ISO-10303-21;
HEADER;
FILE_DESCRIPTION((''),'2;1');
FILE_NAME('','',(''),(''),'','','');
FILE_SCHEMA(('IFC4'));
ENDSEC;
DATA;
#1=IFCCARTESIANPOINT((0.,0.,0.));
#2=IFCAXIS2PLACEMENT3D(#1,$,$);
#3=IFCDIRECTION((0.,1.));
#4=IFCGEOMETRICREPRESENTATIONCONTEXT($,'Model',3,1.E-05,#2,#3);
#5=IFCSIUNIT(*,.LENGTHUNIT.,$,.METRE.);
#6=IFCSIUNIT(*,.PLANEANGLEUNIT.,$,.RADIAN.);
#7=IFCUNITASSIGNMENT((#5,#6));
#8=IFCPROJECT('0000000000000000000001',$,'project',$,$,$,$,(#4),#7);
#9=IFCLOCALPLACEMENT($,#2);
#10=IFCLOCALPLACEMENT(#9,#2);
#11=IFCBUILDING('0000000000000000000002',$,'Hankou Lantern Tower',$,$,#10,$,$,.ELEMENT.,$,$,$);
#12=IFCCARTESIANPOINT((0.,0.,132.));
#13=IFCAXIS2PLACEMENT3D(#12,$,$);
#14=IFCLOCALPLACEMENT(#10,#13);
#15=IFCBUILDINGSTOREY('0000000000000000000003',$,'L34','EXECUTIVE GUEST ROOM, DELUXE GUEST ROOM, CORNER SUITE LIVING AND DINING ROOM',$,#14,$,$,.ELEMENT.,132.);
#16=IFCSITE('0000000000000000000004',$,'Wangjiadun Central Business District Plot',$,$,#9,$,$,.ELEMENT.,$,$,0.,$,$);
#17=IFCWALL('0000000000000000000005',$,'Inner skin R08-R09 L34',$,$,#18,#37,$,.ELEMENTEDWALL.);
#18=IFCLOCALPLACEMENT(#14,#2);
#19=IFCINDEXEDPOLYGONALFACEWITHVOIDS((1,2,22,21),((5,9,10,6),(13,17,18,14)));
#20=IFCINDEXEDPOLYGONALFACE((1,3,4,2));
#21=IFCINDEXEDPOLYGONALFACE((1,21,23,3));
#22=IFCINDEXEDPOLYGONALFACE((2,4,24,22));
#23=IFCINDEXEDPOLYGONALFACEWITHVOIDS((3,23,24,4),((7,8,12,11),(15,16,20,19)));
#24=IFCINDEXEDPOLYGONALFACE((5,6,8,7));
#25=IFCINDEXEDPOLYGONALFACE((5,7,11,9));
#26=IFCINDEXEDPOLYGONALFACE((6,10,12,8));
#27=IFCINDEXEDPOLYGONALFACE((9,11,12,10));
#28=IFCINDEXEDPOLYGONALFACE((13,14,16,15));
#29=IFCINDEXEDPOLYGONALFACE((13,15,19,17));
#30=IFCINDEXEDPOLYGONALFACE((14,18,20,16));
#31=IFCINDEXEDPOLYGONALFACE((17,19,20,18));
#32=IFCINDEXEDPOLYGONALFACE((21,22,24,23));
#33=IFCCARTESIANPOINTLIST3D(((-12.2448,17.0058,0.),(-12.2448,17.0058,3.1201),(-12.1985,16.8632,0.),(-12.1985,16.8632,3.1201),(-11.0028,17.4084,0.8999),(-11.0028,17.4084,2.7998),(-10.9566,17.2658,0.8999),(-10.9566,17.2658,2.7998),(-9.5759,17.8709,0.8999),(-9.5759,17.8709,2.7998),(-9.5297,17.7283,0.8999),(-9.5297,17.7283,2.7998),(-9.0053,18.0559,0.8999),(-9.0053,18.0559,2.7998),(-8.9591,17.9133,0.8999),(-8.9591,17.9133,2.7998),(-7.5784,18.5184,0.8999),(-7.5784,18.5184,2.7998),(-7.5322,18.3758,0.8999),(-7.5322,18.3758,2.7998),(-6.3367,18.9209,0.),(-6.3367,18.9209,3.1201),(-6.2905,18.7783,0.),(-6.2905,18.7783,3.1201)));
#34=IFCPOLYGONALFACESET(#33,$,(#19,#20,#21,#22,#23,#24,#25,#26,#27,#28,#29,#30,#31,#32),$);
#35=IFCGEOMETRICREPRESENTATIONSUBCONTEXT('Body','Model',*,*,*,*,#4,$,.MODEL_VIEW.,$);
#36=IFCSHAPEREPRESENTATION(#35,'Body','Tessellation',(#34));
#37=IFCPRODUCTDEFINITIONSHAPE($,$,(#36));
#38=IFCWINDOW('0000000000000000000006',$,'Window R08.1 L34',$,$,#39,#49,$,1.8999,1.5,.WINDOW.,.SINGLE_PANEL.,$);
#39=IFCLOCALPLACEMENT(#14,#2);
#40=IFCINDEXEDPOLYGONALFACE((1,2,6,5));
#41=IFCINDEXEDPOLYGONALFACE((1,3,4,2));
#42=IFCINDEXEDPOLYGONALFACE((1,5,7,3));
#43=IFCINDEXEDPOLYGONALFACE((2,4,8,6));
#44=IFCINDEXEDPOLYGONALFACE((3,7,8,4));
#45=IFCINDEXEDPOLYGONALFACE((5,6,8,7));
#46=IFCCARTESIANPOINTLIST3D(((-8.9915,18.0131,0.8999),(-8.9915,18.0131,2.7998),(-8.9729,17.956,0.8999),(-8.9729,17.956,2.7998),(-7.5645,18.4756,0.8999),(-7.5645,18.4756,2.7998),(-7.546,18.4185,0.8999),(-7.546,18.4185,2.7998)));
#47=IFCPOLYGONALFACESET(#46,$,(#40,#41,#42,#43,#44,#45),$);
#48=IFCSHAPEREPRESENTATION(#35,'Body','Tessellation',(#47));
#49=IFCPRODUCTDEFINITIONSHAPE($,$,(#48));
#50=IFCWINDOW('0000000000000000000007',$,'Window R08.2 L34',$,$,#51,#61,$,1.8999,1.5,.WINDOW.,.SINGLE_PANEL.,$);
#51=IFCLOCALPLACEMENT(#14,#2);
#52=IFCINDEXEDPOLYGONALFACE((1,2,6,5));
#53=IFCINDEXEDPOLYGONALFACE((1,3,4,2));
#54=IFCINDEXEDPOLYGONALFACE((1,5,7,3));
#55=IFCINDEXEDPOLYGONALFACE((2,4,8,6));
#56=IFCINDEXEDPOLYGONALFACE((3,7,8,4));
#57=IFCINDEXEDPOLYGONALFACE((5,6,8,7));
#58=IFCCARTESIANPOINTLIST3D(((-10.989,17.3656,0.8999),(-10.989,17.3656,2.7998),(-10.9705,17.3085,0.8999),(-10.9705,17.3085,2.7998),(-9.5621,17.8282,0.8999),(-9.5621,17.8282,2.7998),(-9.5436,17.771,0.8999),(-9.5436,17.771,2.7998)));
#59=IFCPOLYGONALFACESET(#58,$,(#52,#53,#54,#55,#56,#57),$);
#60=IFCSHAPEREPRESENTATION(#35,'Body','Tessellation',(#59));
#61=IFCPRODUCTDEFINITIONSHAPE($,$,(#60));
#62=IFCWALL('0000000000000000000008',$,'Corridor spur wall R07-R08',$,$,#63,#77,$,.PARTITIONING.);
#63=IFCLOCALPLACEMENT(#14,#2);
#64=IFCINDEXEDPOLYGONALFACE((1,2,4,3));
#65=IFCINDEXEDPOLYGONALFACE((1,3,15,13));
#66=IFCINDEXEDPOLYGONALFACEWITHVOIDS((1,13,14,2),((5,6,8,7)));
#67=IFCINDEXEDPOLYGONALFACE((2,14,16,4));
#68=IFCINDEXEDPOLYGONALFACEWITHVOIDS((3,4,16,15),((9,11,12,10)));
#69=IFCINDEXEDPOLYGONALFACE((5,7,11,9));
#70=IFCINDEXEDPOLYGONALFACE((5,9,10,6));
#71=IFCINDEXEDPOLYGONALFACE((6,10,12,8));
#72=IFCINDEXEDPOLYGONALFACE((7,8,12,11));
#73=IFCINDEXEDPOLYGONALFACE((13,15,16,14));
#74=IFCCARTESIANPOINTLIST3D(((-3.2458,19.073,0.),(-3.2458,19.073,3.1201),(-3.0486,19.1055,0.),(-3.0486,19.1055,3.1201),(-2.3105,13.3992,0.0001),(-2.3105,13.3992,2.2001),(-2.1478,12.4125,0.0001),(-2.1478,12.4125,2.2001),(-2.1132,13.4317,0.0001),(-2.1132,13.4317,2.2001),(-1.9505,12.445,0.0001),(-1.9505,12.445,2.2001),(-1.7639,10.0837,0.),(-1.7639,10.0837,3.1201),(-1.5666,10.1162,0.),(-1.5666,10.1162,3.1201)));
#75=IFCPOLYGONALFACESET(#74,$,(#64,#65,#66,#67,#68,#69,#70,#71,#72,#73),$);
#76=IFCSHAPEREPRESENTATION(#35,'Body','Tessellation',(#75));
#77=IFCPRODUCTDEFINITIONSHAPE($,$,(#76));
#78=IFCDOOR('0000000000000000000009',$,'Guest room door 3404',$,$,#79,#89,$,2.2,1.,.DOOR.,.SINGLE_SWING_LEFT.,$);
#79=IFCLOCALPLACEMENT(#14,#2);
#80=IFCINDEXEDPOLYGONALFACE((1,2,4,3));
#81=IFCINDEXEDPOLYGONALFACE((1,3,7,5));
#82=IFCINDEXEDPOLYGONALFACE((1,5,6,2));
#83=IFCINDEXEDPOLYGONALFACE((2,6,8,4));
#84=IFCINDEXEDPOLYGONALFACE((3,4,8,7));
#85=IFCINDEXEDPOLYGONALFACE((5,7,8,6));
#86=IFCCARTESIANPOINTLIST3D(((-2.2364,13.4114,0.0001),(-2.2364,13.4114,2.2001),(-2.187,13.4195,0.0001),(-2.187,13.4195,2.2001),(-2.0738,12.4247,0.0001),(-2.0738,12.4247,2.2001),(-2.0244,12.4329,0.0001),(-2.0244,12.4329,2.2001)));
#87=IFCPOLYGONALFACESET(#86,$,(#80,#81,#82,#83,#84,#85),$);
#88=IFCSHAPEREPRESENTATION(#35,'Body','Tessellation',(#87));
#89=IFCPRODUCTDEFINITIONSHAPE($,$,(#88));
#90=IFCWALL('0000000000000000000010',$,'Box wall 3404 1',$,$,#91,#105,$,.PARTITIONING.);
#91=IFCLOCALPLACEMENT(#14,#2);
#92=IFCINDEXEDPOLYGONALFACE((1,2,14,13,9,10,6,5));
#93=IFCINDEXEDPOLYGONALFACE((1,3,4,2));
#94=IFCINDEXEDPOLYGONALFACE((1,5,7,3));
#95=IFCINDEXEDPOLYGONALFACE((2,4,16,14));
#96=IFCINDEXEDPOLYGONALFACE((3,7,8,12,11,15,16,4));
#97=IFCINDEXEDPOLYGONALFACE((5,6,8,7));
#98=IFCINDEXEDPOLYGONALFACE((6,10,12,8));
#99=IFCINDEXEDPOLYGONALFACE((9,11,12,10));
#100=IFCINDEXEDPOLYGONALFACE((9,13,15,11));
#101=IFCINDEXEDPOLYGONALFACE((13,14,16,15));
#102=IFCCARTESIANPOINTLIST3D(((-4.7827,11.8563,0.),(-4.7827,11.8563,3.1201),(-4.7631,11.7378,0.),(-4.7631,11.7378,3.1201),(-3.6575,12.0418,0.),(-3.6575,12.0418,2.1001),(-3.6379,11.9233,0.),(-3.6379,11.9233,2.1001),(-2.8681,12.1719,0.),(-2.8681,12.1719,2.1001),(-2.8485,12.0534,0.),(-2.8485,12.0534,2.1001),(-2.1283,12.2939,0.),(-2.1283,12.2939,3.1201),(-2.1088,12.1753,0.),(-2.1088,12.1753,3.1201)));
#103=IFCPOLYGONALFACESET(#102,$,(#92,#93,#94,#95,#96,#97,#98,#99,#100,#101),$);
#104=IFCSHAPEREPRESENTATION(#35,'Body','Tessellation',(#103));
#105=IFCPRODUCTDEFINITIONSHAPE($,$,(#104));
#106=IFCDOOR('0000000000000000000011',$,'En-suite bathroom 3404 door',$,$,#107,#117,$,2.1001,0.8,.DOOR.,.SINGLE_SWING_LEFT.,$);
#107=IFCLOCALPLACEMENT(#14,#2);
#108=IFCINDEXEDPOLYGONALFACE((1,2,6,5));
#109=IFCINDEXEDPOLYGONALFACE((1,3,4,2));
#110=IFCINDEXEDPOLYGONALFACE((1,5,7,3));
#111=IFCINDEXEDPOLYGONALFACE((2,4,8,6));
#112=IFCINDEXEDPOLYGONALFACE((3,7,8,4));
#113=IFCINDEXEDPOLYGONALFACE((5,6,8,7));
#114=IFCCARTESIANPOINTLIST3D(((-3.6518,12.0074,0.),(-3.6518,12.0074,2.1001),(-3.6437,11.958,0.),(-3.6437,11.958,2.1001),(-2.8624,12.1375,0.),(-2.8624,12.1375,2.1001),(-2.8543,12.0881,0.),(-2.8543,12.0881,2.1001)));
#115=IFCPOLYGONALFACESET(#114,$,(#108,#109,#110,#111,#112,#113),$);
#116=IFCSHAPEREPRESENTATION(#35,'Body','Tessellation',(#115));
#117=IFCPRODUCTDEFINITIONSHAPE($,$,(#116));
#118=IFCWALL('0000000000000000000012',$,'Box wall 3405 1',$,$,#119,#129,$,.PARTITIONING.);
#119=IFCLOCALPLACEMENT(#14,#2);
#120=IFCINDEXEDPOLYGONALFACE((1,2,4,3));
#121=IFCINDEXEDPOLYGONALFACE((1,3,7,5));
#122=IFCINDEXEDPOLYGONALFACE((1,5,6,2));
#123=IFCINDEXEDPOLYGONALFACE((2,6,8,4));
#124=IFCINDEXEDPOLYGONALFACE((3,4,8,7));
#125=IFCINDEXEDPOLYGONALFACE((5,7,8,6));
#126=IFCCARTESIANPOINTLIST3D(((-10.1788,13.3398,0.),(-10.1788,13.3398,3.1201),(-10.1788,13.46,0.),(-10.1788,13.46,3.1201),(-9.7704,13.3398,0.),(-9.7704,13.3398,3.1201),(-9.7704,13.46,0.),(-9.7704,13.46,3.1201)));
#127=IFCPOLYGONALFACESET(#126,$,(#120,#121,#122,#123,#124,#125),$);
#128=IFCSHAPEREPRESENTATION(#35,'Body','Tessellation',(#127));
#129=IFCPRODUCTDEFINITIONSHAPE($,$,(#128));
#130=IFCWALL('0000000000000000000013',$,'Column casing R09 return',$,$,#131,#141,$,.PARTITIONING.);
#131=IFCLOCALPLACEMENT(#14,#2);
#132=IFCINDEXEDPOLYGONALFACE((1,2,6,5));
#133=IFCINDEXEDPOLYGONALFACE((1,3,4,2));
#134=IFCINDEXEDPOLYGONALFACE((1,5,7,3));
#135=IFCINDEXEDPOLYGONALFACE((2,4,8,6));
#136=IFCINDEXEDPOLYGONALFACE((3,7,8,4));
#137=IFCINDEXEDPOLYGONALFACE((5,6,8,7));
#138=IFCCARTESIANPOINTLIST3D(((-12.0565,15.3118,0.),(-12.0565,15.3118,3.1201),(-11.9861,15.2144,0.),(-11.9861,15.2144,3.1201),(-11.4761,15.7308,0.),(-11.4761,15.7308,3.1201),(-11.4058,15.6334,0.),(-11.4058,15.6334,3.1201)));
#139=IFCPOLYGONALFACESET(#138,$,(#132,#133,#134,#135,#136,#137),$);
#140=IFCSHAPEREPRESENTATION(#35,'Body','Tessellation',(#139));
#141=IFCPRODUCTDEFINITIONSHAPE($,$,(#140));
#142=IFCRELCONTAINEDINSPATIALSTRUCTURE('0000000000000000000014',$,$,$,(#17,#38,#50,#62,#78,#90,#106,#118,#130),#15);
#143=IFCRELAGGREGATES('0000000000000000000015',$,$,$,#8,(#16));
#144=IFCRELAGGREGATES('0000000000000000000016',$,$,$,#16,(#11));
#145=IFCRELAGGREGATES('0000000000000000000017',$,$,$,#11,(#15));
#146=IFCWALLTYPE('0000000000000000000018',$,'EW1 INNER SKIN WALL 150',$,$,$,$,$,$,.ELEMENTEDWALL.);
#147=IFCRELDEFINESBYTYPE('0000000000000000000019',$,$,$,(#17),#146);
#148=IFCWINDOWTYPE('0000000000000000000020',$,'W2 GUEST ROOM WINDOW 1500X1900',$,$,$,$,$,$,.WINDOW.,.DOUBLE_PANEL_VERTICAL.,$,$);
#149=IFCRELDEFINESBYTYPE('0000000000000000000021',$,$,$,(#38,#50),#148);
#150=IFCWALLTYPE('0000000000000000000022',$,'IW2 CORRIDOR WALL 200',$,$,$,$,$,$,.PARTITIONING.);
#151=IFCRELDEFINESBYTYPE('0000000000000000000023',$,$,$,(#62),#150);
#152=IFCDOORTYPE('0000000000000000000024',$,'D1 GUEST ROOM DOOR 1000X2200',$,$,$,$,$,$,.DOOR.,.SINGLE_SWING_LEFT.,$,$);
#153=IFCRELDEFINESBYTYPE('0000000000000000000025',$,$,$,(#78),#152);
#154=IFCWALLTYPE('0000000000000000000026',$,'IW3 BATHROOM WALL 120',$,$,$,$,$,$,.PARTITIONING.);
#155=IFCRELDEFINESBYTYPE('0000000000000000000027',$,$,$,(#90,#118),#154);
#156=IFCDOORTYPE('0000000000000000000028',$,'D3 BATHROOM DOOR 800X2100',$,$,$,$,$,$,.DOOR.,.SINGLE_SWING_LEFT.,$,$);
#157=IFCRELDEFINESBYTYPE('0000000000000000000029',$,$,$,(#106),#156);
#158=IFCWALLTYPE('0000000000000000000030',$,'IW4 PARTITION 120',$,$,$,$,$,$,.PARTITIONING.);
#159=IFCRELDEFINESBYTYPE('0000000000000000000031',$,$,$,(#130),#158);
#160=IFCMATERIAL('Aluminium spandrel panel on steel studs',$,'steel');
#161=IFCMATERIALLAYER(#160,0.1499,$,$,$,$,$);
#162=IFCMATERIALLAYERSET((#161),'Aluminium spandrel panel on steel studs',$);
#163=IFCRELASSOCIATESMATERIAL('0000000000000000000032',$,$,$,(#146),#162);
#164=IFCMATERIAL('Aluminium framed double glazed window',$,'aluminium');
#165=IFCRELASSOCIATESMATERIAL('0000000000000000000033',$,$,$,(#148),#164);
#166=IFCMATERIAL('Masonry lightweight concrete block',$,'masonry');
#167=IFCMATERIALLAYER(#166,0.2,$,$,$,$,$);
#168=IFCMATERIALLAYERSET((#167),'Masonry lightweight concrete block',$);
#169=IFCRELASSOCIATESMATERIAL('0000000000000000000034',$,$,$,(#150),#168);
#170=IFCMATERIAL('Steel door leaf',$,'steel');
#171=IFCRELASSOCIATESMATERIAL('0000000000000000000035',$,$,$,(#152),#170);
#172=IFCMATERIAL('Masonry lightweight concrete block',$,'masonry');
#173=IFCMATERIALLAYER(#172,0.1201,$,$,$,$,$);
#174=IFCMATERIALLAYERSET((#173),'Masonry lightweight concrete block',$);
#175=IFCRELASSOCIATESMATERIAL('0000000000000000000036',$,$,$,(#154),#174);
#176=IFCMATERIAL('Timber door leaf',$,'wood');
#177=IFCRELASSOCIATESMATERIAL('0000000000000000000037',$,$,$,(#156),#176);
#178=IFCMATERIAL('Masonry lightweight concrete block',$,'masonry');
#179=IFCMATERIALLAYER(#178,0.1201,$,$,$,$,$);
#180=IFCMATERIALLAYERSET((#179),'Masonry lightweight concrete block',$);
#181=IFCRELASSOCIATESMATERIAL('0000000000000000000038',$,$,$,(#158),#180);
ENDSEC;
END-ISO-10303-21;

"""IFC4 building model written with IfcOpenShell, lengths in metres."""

from ifc_helpers import new_model, si_unit, direction, frame, frame_2d, origin, place, context, subcontext, project, spatial, rectangle, extrude, material, layer, layer_set, type_object, element, fill, save


model = new_model("IFC4")

# Units and contexts
model_context = context("Model", 3, precision=1e-05, world=origin(), true_north=direction((0.0, 1.0)))
body_context = subcontext(model_context, "Body", "Model", "MODEL_VIEW")
ifc_project = project(units=[si_unit("LENGTHUNIT", "METRE"), si_unit("PLANEANGLEUNIT", "RADIAN")], contexts=[model_context])

# Site, building, storey
site_placement = place(None, origin())
site = spatial("IfcSite", under=ifc_project, at=site_placement, Name="Wangjiadun Central Business District Plot", CompositionType="ELEMENT", RefElevation=0.0)
building_placement = place(site_placement, origin())
building = spatial("IfcBuilding", under=site, at=building_placement, Name="Hankou Lantern Tower", CompositionType="ELEMENT")
storey_placement = place(building_placement, frame((0.0, 0.0, 132.0)))
storey = spatial("IfcBuildingStorey", under=building, at=storey_placement, Name="L34", Description="EXECUTIVE GUEST ROOM, DELUXE GUEST ROOM, CORNER SUITE LIVING AND DINING ROOM", CompositionType="ELEMENT", Elevation=132.0)

# Wall, openings, windows
ifc_material_1 = material(Name="Aluminium spandrel panel on steel studs", Category="steel")
ifc_layer_1 = layer(ifc_material_1, 0.1499)
ifc_layer_set_1 = layer_set([ifc_layer_1], Name="Aluminium spandrel panel on steel studs")
wall_type_1 = type_object("IfcWallType", Name="EW1 INNER SKIN WALL 150", PredefinedType="ELEMENTEDWALL", material=ifc_layer_set_1)
wall_1_placement = place(storey_placement, frame((-6.3135, 18.8496, 0.0), z_axis=(0.0, 0.0, 1.0), x_axis=(-0.951273, -0.308351, 0.0)))
wall_1 = element("IfcWall", 1, at=wall_1_placement, inside=storey, type_object=wall_type_1, Name="Inner skin R08-R09 L34", PredefinedType="ELEMENTEDWALL", context=body_context, shape_type="SweptSolid", body=[
    extrude(rectangle(XDim=6.2107, YDim=0.1499, at=frame_2d((3.1055, 0.0))), origin(), (0.0, 0.0, 1.0), 3.1201),
])
opening_1_placement = place(wall_1_placement, frame((1.3054, 0.0, 0.8999)))
opening_1 = element("IfcOpeningElement", 2, at=opening_1_placement, cuts=wall_1, PredefinedType="OPENING", context=body_context, shape_type="SweptSolid", body=[
    extrude(rectangle(XDim=1.5, YDim=1.8999, at=frame_2d((0.75, 0.95))), frame((0.0, 0.085, 0.0), z_axis=(0.0, -1.0, 0.0), x_axis=(1.0, 0.0, 0.0)), (0.0, 0.0, 1.0), 0.1699),
])
opening_2_placement = place(wall_1_placement, frame((3.4053, 0.0, 0.8999)))
opening_2 = element("IfcOpeningElement", 3, at=opening_2_placement, cuts=wall_1, PredefinedType="OPENING", context=body_context, shape_type="SweptSolid", body=[
    extrude(rectangle(XDim=1.5, YDim=1.8999, at=frame_2d((0.75, 0.95))), frame((0.0, 0.085, 0.0), z_axis=(0.0, -1.0, 0.0), x_axis=(1.0, 0.0, 0.0)), (0.0, 0.0, 1.0), 0.1699),
])
ifc_material_2 = material(Name="Aluminium framed double glazed window", Category="aluminium")
window_type = type_object("IfcWindowType", Name="W2 GUEST ROOM WINDOW 1500X1900", PartitioningType="DOUBLE_PANEL_VERTICAL", PredefinedType="WINDOW", material=ifc_material_2)
window_1_placement = place(opening_1_placement, origin())
window_1 = element("IfcWindow", 4, at=window_1_placement, inside=storey, type_object=window_type, Name="Window R08.1 L34", OverallHeight=1.8999, OverallWidth=1.5, PartitioningType="SINGLE_PANEL", PredefinedType="WINDOW", context=body_context, shape_type="SweptSolid", body=[
    extrude(rectangle(XDim=1.5, YDim=1.8999, at=frame_2d((0.75, 0.95))), frame((0.0, 0.03, 0.0), z_axis=(0.0, -1.0, 0.0), x_axis=(1.0, 0.0, 0.0)), (0.0, 0.0, 1.0), 0.0601),
])
fill(opening_1, window_1)
window_2_placement = place(opening_2_placement, origin())
window_2 = element("IfcWindow", 5, at=window_2_placement, inside=storey, type_object=window_type, Name="Window R08.2 L34", OverallHeight=1.8999, OverallWidth=1.5, PartitioningType="SINGLE_PANEL", PredefinedType="WINDOW", context=body_context, shape_type="SweptSolid", body=[
    extrude(rectangle(XDim=1.5, YDim=1.8999, at=frame_2d((0.75, 0.95))), frame((0.0, 0.03, 0.0), z_axis=(0.0, -1.0, 0.0), x_axis=(1.0, 0.0, 0.0)), (0.0, 0.0, 1.0), 0.0601),
])
fill(opening_2, window_2)

# Walls, openings, doors
ifc_material_3 = material(Name="Masonry lightweight concrete block", Category="masonry")
ifc_layer_2 = layer(ifc_material_3, 0.2)
ifc_layer_set_2 = layer_set([ifc_layer_2], Name="Masonry lightweight concrete block")
wall_type_2 = type_object("IfcWallType", Name="IW2 CORRIDOR WALL 200", PredefinedType="PARTITIONING", material=ifc_layer_set_2)
wall_2_placement = place(storey_placement, frame((-1.6653, 10.1001, 0.0), z_axis=(0.0, 0.0, 1.0), x_axis=(-0.162661, 0.986682, 0.0)))
wall_2 = element("IfcWall", 6, at=wall_2_placement, inside=storey, type_object=wall_type_2, Name="Corridor spur wall R07-R08", PredefinedType="PARTITIONING", context=body_context, shape_type="SweptSolid", body=[
    extrude(rectangle(XDim=9.1106, YDim=0.2, at=frame_2d((4.5552, 0.0))), origin(), (0.0, 0.0, 1.0), 3.1201),
])
opening_3_placement = place(wall_2_placement, frame((2.3601, 0.0, 0.0)))
opening_3 = element("IfcOpeningElement", 7, at=opening_3_placement, cuts=wall_2, PredefinedType="OPENING", context=body_context, shape_type="SweptSolid", body=[
    extrude(rectangle(XDim=1.0, YDim=2.2, at=frame_2d((0.5, 1.1001))), frame((0.0, 0.1099, 0.0), z_axis=(0.0, -1.0, 0.0), x_axis=(1.0, 0.0, 0.0)), (0.0, 0.0, 1.0), 0.22),
])
ifc_material_4 = material(Name="Steel door leaf", Category="steel")
door_type_1 = type_object("IfcDoorType", Name="D1 GUEST ROOM DOOR 1000X2200", OperationType="SINGLE_SWING_LEFT", PredefinedType="DOOR", material=ifc_material_4)
door_1_placement = place(opening_3_placement, origin())
door_1 = element("IfcDoor", 8, at=door_1_placement, inside=storey, type_object=door_type_1, Name="Guest room door 3404", OperationType="SINGLE_SWING_LEFT", OverallHeight=2.2, OverallWidth=1.0, PredefinedType="DOOR", context=body_context, shape_type="SweptSolid", body=[
    extrude(rectangle(XDim=1.0, YDim=2.2, at=frame_2d((0.5, 1.1001))), frame((0.0, 0.0249, 0.0), z_axis=(0.0, -1.0, 0.0), x_axis=(1.0, 0.0, 0.0)), (0.0, 0.0, 1.0), 0.05),
])
fill(opening_3, door_1)
ifc_material_5 = material(Name="Masonry lightweight concrete block", Category="masonry")
ifc_layer_3 = layer(ifc_material_5, 0.1201)
ifc_layer_set_3 = layer_set([ifc_layer_3], Name="Masonry lightweight concrete block")
wall_type_3 = type_object("IfcWallType", Name="IW3 BATHROOM WALL 120", PredefinedType="PARTITIONING", material=ifc_layer_set_3)
wall_3_placement = place(storey_placement, frame((-2.1184, 12.2346, 0.0), z_axis=(0.0, 0.0, 1.0), x_axis=(-0.986687, -0.162633, 0.0)))
wall_3 = element("IfcWall", 9, at=wall_3_placement, inside=storey, type_object=wall_type_3, Name="Box wall 3404 1", PredefinedType="PARTITIONING", context=body_context, shape_type="SweptSolid", body=[
    extrude(rectangle(XDim=2.6902, YDim=0.1201, at=frame_2d((1.3452, 0.0))), origin(), (0.0, 0.0, 1.0), 3.1201),
])
opening_4_placement = place(wall_3_placement, frame((0.75, 0.0, 0.0)))
opening_4 = element("IfcOpeningElement", 10, at=opening_4_placement, cuts=wall_3, PredefinedType="OPENING", context=body_context, shape_type="SweptSolid", body=[
    extrude(rectangle(XDim=0.8, YDim=2.1001, at=frame_2d((0.3999, 1.05))), frame((0.0, 0.0701, 0.0), z_axis=(0.0, -1.0, 0.0), x_axis=(1.0, 0.0, 0.0)), (0.0, 0.0, 1.0), 0.1401),
])
ifc_material_6 = material(Name="Timber door leaf", Category="wood")
door_type_2 = type_object("IfcDoorType", Name="D3 BATHROOM DOOR 800X2100", OperationType="SINGLE_SWING_LEFT", PredefinedType="DOOR", material=ifc_material_6)
door_2_placement = place(opening_4_placement, origin())
door_2 = element("IfcDoor", 11, at=door_2_placement, inside=storey, type_object=door_type_2, Name="En-suite bathroom 3404 door", OperationType="SINGLE_SWING_LEFT", OverallHeight=2.1001, OverallWidth=0.8, PredefinedType="DOOR", context=body_context, shape_type="SweptSolid", body=[
    extrude(rectangle(XDim=0.8, YDim=2.1001, at=frame_2d((0.3999, 1.05))), frame((0.0, 0.0249, 0.0), z_axis=(0.0, -1.0, 0.0), x_axis=(1.0, 0.0, 0.0)), (0.0, 0.0, 1.0), 0.05),
])
fill(opening_4, door_2)

# Walls
wall_4_placement = place(storey_placement, frame((-9.7705, 13.3999, 0.0), z_axis=(0.0, 0.0, 1.0), x_axis=(-1.0, 0.0, 0.0)))
element("IfcWall", 12, at=wall_4_placement, inside=storey, type_object=wall_type_3, Name="Box wall 3405 1", PredefinedType="PARTITIONING", context=body_context, shape_type="SweptSolid", body=[
    extrude(rectangle(XDim=0.4084, YDim=0.1201, at=frame_2d((0.2041, 0.0))), origin(), (0.0, 0.0, 1.0), 3.1201),
])
ifc_material_7 = material(Name="Masonry lightweight concrete block", Category="masonry")
ifc_layer_4 = layer(ifc_material_7, 0.1201)
ifc_layer_set_4 = layer_set([ifc_layer_4], Name="Masonry lightweight concrete block")
wall_type_4 = type_object("IfcWallType", Name="IW4 PARTITION 120", PredefinedType="PARTITIONING", material=ifc_layer_set_4)
wall_5_placement = place(storey_placement, frame((-11.4409, 15.6821, 0.0), z_axis=(0.0, 0.0, 1.0), x_axis=(-0.810796, -0.585329, 0.0)))
element("IfcWall", 13, at=wall_5_placement, inside=storey, type_object=wall_type_4, Name="Column casing R09 return", PredefinedType="PARTITIONING", context=body_context, shape_type="SweptSolid", body=[
    extrude(rectangle(XDim=0.7158, YDim=0.1201, at=frame_2d((0.3579, 0.0))), origin(), (0.0, 0.0, 1.0), 3.1201),
])

save(model, "model.ifc")
